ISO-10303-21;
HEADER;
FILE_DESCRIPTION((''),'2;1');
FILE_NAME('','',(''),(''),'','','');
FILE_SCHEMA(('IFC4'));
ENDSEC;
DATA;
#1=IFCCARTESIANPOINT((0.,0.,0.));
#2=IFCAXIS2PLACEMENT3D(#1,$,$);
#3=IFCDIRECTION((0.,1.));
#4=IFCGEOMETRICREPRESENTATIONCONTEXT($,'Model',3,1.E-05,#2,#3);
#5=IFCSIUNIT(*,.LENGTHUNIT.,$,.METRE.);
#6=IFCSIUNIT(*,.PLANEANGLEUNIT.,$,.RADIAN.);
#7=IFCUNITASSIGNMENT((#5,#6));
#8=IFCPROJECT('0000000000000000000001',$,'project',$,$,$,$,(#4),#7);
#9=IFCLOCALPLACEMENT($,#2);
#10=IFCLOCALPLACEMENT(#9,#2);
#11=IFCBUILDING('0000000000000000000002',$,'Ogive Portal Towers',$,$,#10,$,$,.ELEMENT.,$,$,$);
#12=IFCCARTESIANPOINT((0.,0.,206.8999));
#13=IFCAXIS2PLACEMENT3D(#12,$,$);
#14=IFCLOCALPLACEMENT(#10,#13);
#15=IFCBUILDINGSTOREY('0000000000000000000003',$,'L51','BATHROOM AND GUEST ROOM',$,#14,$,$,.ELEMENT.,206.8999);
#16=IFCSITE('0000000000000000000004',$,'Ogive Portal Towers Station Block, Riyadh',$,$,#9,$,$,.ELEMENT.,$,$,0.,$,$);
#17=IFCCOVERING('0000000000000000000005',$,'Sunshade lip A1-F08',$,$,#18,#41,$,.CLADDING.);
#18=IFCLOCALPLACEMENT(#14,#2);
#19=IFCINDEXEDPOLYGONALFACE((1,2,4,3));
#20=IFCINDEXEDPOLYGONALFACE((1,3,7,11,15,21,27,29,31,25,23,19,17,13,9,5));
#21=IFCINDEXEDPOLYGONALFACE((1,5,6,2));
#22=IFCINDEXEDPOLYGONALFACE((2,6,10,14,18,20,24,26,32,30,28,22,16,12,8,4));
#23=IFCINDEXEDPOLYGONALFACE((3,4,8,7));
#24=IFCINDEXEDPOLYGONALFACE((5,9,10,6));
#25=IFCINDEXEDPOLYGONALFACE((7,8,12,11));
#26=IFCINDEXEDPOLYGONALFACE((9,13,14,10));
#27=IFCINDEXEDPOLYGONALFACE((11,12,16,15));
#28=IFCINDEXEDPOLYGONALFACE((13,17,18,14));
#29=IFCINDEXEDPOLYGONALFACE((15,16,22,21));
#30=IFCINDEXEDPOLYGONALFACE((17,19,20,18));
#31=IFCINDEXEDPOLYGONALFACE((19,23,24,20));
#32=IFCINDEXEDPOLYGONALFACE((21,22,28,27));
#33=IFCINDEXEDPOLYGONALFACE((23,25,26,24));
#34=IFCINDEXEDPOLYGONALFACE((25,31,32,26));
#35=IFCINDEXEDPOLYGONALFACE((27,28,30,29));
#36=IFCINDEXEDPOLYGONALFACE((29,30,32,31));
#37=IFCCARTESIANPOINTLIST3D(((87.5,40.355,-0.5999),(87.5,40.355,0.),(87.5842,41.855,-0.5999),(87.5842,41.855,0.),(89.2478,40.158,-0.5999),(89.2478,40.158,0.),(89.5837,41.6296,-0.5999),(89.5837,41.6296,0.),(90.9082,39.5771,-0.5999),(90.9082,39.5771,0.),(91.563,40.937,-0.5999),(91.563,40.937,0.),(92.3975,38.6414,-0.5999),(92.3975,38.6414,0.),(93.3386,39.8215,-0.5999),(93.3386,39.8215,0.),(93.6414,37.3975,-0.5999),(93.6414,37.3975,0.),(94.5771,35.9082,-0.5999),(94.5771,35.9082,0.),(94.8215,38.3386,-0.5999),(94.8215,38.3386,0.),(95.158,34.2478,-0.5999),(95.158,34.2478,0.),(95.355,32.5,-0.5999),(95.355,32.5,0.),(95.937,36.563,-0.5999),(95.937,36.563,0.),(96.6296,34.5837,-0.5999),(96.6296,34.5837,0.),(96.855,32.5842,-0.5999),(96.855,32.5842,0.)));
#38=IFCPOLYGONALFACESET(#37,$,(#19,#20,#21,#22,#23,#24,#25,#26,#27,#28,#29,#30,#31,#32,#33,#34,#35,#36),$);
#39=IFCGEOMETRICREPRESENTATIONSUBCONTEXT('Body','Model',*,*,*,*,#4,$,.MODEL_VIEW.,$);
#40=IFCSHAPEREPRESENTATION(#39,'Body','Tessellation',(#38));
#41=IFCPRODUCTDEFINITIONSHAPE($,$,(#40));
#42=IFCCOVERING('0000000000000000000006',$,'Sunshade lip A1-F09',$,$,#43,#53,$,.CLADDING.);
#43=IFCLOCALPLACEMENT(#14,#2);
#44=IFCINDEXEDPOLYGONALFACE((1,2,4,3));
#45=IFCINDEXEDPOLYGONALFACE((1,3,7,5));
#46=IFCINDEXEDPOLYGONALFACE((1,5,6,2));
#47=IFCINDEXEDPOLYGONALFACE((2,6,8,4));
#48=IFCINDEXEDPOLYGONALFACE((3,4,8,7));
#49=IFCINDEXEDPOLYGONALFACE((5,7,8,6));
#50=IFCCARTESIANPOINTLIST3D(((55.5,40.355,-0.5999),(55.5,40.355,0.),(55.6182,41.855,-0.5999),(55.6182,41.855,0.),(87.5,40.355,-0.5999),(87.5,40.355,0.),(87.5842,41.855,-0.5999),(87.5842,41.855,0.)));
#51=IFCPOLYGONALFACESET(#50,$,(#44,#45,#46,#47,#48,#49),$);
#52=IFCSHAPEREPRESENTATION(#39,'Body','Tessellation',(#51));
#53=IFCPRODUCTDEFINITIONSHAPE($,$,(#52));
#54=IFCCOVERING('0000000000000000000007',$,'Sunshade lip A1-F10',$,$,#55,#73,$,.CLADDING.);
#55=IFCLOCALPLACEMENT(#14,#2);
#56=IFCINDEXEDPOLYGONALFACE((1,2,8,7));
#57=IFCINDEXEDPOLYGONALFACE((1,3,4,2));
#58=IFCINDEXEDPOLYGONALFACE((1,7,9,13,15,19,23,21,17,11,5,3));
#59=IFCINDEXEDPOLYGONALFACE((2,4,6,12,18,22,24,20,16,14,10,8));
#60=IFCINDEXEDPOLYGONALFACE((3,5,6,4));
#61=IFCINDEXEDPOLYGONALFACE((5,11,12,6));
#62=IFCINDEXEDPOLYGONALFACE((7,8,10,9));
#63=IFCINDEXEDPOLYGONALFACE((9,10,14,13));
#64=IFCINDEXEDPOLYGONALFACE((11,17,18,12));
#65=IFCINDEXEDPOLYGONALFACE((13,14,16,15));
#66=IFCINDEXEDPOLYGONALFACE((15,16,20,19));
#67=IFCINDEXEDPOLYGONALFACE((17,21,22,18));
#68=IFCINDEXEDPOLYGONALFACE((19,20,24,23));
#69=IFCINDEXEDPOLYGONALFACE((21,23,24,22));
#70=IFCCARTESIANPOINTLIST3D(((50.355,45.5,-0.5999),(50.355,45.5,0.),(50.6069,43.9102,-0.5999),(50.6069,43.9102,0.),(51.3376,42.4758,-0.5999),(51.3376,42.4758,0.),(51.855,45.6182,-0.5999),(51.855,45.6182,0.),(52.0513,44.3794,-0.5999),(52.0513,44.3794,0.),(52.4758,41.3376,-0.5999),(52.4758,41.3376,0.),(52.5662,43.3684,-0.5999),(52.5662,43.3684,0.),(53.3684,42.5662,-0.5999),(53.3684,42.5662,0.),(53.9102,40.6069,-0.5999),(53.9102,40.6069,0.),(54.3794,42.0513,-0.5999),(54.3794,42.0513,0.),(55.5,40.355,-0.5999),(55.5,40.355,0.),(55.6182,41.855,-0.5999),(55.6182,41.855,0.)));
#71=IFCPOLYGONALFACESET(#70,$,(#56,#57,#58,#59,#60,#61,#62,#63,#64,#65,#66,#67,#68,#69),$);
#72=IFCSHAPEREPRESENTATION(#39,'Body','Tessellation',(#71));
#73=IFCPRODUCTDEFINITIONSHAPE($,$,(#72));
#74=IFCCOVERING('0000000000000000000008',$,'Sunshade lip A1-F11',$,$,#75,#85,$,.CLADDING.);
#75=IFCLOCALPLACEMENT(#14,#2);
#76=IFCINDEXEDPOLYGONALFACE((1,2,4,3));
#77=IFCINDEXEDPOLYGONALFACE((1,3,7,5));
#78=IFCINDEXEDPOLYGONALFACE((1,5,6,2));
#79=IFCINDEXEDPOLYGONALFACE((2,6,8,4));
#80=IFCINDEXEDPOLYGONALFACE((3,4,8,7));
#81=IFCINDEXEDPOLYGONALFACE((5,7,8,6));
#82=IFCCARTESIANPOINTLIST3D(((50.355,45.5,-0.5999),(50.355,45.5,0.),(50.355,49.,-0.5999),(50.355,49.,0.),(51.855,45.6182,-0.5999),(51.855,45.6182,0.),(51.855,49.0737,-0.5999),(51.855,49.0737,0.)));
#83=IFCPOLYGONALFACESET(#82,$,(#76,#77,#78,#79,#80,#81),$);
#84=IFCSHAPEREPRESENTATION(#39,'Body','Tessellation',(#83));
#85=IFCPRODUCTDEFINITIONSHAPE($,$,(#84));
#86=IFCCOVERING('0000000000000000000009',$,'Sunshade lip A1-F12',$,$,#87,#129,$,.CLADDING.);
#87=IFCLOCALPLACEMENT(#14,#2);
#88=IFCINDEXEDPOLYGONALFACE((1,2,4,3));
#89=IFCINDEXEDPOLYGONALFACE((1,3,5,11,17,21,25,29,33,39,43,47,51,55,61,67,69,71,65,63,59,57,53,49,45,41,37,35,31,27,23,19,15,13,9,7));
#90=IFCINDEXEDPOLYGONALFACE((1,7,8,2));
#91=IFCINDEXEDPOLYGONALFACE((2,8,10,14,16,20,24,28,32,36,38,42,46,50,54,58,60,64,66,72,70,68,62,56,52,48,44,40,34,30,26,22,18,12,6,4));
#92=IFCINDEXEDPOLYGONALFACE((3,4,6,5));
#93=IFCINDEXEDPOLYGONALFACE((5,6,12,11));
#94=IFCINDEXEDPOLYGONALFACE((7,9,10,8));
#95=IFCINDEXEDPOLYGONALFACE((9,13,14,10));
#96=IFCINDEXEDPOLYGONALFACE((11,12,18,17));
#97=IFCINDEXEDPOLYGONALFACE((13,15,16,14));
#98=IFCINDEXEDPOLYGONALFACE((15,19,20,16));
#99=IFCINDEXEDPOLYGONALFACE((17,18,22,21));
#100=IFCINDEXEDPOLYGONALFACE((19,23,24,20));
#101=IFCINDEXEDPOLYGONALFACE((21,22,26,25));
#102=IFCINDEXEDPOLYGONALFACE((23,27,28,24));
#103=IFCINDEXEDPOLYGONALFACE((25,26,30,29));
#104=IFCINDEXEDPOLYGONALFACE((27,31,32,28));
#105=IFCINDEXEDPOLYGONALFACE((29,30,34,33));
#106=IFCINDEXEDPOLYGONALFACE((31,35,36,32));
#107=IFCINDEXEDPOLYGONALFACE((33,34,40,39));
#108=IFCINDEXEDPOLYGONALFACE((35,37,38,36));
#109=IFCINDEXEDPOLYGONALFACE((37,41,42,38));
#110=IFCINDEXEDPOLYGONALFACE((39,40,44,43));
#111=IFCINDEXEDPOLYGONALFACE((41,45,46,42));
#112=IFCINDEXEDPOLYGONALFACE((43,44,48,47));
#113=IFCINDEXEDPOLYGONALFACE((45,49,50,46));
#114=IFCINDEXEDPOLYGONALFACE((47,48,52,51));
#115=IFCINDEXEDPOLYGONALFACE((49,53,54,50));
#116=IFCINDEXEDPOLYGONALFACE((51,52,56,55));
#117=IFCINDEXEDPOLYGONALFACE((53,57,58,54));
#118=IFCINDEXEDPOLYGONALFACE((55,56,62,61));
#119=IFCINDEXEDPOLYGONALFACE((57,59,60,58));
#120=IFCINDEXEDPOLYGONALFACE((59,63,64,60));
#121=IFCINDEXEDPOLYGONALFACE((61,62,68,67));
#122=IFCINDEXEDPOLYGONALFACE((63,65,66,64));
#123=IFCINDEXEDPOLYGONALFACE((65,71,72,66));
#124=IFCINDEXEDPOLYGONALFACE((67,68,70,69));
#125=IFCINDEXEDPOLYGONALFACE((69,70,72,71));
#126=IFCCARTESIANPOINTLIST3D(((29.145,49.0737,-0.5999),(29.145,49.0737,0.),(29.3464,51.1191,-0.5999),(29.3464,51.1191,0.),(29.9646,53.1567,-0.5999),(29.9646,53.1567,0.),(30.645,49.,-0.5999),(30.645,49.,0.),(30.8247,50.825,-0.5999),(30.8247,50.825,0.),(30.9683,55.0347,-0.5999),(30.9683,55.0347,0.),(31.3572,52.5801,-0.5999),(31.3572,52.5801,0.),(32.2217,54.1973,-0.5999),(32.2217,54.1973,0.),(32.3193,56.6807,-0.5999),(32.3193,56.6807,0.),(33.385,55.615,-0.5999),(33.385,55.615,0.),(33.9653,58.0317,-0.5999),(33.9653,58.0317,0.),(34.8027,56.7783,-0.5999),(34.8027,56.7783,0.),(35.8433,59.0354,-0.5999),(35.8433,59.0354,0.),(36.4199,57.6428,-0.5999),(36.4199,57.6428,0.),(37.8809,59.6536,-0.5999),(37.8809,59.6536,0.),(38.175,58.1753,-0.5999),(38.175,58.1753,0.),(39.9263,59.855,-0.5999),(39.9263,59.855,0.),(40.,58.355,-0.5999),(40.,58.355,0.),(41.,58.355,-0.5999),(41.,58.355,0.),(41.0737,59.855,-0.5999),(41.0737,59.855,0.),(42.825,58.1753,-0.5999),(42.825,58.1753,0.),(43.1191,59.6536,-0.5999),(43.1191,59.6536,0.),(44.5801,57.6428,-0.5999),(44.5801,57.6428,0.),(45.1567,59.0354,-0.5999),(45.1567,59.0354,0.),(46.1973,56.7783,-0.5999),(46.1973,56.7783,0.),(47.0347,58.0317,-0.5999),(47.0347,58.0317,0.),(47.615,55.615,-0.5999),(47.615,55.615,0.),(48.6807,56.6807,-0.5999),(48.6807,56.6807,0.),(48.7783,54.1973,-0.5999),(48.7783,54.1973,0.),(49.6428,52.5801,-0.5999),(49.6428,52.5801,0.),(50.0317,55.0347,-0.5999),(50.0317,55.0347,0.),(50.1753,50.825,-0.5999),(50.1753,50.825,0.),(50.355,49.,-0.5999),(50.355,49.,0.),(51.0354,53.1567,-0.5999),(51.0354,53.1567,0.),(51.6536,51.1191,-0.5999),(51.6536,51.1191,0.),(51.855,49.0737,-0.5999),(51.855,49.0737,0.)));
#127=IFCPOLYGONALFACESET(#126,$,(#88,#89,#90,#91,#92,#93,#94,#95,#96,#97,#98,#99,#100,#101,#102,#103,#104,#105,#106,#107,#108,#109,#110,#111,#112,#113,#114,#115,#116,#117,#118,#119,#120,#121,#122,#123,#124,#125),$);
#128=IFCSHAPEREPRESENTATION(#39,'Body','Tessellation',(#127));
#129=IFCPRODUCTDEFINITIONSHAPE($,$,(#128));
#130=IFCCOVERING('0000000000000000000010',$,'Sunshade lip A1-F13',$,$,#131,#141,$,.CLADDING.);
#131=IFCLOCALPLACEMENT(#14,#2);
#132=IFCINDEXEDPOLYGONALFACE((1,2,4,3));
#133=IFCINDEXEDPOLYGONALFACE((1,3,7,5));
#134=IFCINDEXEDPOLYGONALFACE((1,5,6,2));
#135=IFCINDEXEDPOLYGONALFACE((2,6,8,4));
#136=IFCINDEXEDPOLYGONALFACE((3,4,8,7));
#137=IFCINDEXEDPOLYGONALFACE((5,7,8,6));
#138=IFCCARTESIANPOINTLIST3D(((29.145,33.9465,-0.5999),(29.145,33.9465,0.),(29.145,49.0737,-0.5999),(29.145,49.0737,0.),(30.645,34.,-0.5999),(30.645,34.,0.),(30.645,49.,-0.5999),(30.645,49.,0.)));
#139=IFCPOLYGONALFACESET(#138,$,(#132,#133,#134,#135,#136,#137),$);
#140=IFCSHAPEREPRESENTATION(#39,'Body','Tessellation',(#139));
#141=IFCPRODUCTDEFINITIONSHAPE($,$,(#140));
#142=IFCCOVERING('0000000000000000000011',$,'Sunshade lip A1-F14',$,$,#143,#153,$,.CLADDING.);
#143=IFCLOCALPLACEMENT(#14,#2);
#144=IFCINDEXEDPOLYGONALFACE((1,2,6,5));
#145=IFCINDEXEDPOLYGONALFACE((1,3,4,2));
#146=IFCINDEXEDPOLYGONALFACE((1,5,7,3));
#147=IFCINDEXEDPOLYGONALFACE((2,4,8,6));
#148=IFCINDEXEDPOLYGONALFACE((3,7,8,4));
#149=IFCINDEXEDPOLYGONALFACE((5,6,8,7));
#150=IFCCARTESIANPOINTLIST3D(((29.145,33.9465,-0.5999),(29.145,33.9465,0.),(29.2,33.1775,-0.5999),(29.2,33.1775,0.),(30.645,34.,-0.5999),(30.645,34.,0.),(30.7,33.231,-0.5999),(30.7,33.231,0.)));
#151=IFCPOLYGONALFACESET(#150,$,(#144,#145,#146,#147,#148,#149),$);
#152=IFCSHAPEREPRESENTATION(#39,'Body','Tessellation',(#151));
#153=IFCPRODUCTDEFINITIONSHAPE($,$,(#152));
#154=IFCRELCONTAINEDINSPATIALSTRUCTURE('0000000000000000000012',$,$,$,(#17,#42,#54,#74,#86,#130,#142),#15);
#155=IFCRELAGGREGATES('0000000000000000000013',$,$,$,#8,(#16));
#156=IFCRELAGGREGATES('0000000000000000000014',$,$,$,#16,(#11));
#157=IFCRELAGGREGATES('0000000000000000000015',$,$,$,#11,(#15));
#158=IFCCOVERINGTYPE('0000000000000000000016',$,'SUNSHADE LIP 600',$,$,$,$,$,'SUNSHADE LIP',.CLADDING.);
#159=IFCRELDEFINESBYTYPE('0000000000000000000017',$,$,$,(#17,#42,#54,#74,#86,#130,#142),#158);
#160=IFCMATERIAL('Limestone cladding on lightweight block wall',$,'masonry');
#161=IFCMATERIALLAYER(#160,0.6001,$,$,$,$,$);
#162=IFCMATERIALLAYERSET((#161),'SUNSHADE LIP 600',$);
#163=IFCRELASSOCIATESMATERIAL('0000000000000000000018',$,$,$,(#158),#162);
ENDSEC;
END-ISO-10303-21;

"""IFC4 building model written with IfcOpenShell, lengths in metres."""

from ifc_helpers import new_model, si_unit, direction, frame, origin, place, context, subcontext, project, spatial, polyline, outline, extrude, material, layer, layer_set, type_object, element, save


model = new_model("IFC4")

# Units and contexts
model_context = context("Model", 3, precision=1e-05, world=origin(), true_north=direction((0.0, 1.0)))
body_context = subcontext(model_context, "Body", "Model", "MODEL_VIEW")
ifc_project = project(units=[si_unit("LENGTHUNIT", "METRE"), si_unit("PLANEANGLEUNIT", "RADIAN")], contexts=[model_context])

# Site, building, storey
site_placement = place(None, origin())
site = spatial("IfcSite", under=ifc_project, at=site_placement, Name="Ogive Portal Towers Station Block, Riyadh", CompositionType="ELEMENT", RefElevation=0.0)
building_placement = place(site_placement, origin())
building = spatial("IfcBuilding", under=site, at=building_placement, Name="Ogive Portal Towers", CompositionType="ELEMENT")
storey_placement = place(building_placement, frame((0.0, 0.0, 206.8999)))
storey = spatial("IfcBuildingStorey", under=building, at=storey_placement, Name="L51", Description="BATHROOM AND GUEST ROOM", CompositionType="ELEMENT", Elevation=206.8999)

# Coverings
ifc_material_1 = material(Name="Limestone cladding on lightweight block wall", Category="masonry")
ifc_layer_1 = layer(ifc_material_1, 0.6001)
ifc_layer_set_1 = layer_set([ifc_layer_1], Name="SUNSHADE LIP 600")
covering_type_1 = type_object("IfcCoveringType", Name="SUNSHADE LIP 600", ElementType="SUNSHADE LIP", PredefinedType="CLADDING", material=ifc_layer_set_1)
covering_1_placement = place(storey_placement, frame((0.0, 0.0, -0.5999)))
element("IfcCovering", 1, at=covering_1_placement, inside=storey, type_object=covering_type_1, Name="Sunshade lip A1-F08", PredefinedType="CLADDING", context=body_context, shape_type="SweptSolid", body=[
    extrude(outline(polyline([(95.355, 32.5), (95.158, 34.2478), (94.5771, 35.9082), (93.6414, 37.3975), (92.3975, 38.6414), (90.9082, 39.5771), (89.2478, 40.158), (87.5, 40.355), (87.5842, 41.855), (89.5837, 41.6296), (91.563, 40.937), (93.3386, 39.8215), (94.8215, 38.3386), (95.937, 36.563), (96.6296, 34.5837), (96.855, 32.5842), (95.355, 32.5)])), origin(), (0.0, 0.0, 1.0), 0.5999),
])
covering_2_placement = place(storey_placement, frame((0.0, 0.0, -0.5999)))
element("IfcCovering", 2, at=covering_2_placement, inside=storey, type_object=covering_type_1, Name="Sunshade lip A1-F09", PredefinedType="CLADDING", context=body_context, shape_type="SweptSolid", body=[
    extrude(outline(polyline([(87.5, 40.355), (55.5, 40.355), (55.6182, 41.855), (87.5842, 41.855), (87.5, 40.355)])), origin(), (0.0, 0.0, 1.0), 0.5999),
])
covering_3_placement = place(storey_placement, frame((0.0, 0.0, -0.5999)))
element("IfcCovering", 3, at=covering_3_placement, inside=storey, type_object=covering_type_1, Name="Sunshade lip A1-F10", PredefinedType="CLADDING", context=body_context, shape_type="SweptSolid", body=[
    extrude(outline(polyline([(55.5, 40.355), (53.9102, 40.6069), (52.4758, 41.3376), (51.3376, 42.4758), (50.6069, 43.9102), (50.355, 45.5), (51.855, 45.6182), (52.0513, 44.3794), (52.5662, 43.3684), (53.3684, 42.5662), (54.3794, 42.0513), (55.6182, 41.855), (55.5, 40.355)])), origin(), (0.0, 0.0, 1.0), 0.5999),
])
covering_4_placement = place(storey_placement, frame((0.0, 0.0, -0.5999)))
element("IfcCovering", 4, at=covering_4_placement, inside=storey, type_object=covering_type_1, Name="Sunshade lip A1-F11", PredefinedType="CLADDING", context=body_context, shape_type="SweptSolid", body=[
    extrude(outline(polyline([(50.355, 45.5), (50.355, 49.0), (51.855, 49.0737), (51.855, 45.6182), (50.355, 45.5)])), origin(), (0.0, 0.0, 1.0), 0.5999),
])
covering_5_placement = place(storey_placement, frame((0.0, 0.0, -0.5999)))
element("IfcCovering", 5, at=covering_5_placement, inside=storey, type_object=covering_type_1, Name="Sunshade lip A1-F12", PredefinedType="CLADDING", context=body_context, shape_type="SweptSolid", body=[
    extrude(outline(polyline([(50.355, 49.0), (50.1753, 50.825), (49.6428, 52.5801), (48.7783, 54.1973), (47.615, 55.615), (46.1973, 56.7783), (44.5801, 57.6428), (42.825, 58.1753), (41.0, 58.355), (40.0, 58.355), (38.175, 58.1753), (36.4199, 57.6428), (34.8027, 56.7783), (33.385, 55.615), (32.2217, 54.1973), (31.3572, 52.5801), (30.8247, 50.825), (30.645, 49.0), (29.145, 49.0737), (29.3464, 51.1191), (29.9646, 53.1567), (30.9683, 55.0347), (32.3193, 56.6807), (33.9653, 58.0317), (35.8433, 59.0354), (37.8809, 59.6536), (39.9263, 59.855), (41.0737, 59.855), (43.1191, 59.6536), (45.1567, 59.0354), (47.0347, 58.0317), (48.6807, 56.6807), (50.0317, 55.0347), (51.0354, 53.1567), (51.6536, 51.1191), (51.855, 49.0737), (50.355, 49.0)])), origin(), (0.0, 0.0, 1.0), 0.5999),
])
covering_6_placement = place(storey_placement, frame((0.0, 0.0, -0.5999)))
element("IfcCovering", 6, at=covering_6_placement, inside=storey, type_object=covering_type_1, Name="Sunshade lip A1-F13", PredefinedType="CLADDING", context=body_context, shape_type="SweptSolid", body=[
    extrude(outline(polyline([(30.645, 49.0), (30.645, 34.0), (29.145, 33.9465), (29.145, 49.0737), (30.645, 49.0)])), origin(), (0.0, 0.0, 1.0), 0.5999),
])
covering_7_placement = place(storey_placement, frame((0.0, 0.0, -0.5999)))
element("IfcCovering", 7, at=covering_7_placement, inside=storey, type_object=covering_type_1, Name="Sunshade lip A1-F14", PredefinedType="CLADDING", context=body_context, shape_type="SweptSolid", body=[
    extrude(outline(polyline([(30.645, 34.0), (30.7, 33.231), (29.2, 33.1775), (29.145, 33.9465), (30.645, 34.0)])), origin(), (0.0, 0.0, 1.0), 0.5999),
])

save(model, "model.ifc")
